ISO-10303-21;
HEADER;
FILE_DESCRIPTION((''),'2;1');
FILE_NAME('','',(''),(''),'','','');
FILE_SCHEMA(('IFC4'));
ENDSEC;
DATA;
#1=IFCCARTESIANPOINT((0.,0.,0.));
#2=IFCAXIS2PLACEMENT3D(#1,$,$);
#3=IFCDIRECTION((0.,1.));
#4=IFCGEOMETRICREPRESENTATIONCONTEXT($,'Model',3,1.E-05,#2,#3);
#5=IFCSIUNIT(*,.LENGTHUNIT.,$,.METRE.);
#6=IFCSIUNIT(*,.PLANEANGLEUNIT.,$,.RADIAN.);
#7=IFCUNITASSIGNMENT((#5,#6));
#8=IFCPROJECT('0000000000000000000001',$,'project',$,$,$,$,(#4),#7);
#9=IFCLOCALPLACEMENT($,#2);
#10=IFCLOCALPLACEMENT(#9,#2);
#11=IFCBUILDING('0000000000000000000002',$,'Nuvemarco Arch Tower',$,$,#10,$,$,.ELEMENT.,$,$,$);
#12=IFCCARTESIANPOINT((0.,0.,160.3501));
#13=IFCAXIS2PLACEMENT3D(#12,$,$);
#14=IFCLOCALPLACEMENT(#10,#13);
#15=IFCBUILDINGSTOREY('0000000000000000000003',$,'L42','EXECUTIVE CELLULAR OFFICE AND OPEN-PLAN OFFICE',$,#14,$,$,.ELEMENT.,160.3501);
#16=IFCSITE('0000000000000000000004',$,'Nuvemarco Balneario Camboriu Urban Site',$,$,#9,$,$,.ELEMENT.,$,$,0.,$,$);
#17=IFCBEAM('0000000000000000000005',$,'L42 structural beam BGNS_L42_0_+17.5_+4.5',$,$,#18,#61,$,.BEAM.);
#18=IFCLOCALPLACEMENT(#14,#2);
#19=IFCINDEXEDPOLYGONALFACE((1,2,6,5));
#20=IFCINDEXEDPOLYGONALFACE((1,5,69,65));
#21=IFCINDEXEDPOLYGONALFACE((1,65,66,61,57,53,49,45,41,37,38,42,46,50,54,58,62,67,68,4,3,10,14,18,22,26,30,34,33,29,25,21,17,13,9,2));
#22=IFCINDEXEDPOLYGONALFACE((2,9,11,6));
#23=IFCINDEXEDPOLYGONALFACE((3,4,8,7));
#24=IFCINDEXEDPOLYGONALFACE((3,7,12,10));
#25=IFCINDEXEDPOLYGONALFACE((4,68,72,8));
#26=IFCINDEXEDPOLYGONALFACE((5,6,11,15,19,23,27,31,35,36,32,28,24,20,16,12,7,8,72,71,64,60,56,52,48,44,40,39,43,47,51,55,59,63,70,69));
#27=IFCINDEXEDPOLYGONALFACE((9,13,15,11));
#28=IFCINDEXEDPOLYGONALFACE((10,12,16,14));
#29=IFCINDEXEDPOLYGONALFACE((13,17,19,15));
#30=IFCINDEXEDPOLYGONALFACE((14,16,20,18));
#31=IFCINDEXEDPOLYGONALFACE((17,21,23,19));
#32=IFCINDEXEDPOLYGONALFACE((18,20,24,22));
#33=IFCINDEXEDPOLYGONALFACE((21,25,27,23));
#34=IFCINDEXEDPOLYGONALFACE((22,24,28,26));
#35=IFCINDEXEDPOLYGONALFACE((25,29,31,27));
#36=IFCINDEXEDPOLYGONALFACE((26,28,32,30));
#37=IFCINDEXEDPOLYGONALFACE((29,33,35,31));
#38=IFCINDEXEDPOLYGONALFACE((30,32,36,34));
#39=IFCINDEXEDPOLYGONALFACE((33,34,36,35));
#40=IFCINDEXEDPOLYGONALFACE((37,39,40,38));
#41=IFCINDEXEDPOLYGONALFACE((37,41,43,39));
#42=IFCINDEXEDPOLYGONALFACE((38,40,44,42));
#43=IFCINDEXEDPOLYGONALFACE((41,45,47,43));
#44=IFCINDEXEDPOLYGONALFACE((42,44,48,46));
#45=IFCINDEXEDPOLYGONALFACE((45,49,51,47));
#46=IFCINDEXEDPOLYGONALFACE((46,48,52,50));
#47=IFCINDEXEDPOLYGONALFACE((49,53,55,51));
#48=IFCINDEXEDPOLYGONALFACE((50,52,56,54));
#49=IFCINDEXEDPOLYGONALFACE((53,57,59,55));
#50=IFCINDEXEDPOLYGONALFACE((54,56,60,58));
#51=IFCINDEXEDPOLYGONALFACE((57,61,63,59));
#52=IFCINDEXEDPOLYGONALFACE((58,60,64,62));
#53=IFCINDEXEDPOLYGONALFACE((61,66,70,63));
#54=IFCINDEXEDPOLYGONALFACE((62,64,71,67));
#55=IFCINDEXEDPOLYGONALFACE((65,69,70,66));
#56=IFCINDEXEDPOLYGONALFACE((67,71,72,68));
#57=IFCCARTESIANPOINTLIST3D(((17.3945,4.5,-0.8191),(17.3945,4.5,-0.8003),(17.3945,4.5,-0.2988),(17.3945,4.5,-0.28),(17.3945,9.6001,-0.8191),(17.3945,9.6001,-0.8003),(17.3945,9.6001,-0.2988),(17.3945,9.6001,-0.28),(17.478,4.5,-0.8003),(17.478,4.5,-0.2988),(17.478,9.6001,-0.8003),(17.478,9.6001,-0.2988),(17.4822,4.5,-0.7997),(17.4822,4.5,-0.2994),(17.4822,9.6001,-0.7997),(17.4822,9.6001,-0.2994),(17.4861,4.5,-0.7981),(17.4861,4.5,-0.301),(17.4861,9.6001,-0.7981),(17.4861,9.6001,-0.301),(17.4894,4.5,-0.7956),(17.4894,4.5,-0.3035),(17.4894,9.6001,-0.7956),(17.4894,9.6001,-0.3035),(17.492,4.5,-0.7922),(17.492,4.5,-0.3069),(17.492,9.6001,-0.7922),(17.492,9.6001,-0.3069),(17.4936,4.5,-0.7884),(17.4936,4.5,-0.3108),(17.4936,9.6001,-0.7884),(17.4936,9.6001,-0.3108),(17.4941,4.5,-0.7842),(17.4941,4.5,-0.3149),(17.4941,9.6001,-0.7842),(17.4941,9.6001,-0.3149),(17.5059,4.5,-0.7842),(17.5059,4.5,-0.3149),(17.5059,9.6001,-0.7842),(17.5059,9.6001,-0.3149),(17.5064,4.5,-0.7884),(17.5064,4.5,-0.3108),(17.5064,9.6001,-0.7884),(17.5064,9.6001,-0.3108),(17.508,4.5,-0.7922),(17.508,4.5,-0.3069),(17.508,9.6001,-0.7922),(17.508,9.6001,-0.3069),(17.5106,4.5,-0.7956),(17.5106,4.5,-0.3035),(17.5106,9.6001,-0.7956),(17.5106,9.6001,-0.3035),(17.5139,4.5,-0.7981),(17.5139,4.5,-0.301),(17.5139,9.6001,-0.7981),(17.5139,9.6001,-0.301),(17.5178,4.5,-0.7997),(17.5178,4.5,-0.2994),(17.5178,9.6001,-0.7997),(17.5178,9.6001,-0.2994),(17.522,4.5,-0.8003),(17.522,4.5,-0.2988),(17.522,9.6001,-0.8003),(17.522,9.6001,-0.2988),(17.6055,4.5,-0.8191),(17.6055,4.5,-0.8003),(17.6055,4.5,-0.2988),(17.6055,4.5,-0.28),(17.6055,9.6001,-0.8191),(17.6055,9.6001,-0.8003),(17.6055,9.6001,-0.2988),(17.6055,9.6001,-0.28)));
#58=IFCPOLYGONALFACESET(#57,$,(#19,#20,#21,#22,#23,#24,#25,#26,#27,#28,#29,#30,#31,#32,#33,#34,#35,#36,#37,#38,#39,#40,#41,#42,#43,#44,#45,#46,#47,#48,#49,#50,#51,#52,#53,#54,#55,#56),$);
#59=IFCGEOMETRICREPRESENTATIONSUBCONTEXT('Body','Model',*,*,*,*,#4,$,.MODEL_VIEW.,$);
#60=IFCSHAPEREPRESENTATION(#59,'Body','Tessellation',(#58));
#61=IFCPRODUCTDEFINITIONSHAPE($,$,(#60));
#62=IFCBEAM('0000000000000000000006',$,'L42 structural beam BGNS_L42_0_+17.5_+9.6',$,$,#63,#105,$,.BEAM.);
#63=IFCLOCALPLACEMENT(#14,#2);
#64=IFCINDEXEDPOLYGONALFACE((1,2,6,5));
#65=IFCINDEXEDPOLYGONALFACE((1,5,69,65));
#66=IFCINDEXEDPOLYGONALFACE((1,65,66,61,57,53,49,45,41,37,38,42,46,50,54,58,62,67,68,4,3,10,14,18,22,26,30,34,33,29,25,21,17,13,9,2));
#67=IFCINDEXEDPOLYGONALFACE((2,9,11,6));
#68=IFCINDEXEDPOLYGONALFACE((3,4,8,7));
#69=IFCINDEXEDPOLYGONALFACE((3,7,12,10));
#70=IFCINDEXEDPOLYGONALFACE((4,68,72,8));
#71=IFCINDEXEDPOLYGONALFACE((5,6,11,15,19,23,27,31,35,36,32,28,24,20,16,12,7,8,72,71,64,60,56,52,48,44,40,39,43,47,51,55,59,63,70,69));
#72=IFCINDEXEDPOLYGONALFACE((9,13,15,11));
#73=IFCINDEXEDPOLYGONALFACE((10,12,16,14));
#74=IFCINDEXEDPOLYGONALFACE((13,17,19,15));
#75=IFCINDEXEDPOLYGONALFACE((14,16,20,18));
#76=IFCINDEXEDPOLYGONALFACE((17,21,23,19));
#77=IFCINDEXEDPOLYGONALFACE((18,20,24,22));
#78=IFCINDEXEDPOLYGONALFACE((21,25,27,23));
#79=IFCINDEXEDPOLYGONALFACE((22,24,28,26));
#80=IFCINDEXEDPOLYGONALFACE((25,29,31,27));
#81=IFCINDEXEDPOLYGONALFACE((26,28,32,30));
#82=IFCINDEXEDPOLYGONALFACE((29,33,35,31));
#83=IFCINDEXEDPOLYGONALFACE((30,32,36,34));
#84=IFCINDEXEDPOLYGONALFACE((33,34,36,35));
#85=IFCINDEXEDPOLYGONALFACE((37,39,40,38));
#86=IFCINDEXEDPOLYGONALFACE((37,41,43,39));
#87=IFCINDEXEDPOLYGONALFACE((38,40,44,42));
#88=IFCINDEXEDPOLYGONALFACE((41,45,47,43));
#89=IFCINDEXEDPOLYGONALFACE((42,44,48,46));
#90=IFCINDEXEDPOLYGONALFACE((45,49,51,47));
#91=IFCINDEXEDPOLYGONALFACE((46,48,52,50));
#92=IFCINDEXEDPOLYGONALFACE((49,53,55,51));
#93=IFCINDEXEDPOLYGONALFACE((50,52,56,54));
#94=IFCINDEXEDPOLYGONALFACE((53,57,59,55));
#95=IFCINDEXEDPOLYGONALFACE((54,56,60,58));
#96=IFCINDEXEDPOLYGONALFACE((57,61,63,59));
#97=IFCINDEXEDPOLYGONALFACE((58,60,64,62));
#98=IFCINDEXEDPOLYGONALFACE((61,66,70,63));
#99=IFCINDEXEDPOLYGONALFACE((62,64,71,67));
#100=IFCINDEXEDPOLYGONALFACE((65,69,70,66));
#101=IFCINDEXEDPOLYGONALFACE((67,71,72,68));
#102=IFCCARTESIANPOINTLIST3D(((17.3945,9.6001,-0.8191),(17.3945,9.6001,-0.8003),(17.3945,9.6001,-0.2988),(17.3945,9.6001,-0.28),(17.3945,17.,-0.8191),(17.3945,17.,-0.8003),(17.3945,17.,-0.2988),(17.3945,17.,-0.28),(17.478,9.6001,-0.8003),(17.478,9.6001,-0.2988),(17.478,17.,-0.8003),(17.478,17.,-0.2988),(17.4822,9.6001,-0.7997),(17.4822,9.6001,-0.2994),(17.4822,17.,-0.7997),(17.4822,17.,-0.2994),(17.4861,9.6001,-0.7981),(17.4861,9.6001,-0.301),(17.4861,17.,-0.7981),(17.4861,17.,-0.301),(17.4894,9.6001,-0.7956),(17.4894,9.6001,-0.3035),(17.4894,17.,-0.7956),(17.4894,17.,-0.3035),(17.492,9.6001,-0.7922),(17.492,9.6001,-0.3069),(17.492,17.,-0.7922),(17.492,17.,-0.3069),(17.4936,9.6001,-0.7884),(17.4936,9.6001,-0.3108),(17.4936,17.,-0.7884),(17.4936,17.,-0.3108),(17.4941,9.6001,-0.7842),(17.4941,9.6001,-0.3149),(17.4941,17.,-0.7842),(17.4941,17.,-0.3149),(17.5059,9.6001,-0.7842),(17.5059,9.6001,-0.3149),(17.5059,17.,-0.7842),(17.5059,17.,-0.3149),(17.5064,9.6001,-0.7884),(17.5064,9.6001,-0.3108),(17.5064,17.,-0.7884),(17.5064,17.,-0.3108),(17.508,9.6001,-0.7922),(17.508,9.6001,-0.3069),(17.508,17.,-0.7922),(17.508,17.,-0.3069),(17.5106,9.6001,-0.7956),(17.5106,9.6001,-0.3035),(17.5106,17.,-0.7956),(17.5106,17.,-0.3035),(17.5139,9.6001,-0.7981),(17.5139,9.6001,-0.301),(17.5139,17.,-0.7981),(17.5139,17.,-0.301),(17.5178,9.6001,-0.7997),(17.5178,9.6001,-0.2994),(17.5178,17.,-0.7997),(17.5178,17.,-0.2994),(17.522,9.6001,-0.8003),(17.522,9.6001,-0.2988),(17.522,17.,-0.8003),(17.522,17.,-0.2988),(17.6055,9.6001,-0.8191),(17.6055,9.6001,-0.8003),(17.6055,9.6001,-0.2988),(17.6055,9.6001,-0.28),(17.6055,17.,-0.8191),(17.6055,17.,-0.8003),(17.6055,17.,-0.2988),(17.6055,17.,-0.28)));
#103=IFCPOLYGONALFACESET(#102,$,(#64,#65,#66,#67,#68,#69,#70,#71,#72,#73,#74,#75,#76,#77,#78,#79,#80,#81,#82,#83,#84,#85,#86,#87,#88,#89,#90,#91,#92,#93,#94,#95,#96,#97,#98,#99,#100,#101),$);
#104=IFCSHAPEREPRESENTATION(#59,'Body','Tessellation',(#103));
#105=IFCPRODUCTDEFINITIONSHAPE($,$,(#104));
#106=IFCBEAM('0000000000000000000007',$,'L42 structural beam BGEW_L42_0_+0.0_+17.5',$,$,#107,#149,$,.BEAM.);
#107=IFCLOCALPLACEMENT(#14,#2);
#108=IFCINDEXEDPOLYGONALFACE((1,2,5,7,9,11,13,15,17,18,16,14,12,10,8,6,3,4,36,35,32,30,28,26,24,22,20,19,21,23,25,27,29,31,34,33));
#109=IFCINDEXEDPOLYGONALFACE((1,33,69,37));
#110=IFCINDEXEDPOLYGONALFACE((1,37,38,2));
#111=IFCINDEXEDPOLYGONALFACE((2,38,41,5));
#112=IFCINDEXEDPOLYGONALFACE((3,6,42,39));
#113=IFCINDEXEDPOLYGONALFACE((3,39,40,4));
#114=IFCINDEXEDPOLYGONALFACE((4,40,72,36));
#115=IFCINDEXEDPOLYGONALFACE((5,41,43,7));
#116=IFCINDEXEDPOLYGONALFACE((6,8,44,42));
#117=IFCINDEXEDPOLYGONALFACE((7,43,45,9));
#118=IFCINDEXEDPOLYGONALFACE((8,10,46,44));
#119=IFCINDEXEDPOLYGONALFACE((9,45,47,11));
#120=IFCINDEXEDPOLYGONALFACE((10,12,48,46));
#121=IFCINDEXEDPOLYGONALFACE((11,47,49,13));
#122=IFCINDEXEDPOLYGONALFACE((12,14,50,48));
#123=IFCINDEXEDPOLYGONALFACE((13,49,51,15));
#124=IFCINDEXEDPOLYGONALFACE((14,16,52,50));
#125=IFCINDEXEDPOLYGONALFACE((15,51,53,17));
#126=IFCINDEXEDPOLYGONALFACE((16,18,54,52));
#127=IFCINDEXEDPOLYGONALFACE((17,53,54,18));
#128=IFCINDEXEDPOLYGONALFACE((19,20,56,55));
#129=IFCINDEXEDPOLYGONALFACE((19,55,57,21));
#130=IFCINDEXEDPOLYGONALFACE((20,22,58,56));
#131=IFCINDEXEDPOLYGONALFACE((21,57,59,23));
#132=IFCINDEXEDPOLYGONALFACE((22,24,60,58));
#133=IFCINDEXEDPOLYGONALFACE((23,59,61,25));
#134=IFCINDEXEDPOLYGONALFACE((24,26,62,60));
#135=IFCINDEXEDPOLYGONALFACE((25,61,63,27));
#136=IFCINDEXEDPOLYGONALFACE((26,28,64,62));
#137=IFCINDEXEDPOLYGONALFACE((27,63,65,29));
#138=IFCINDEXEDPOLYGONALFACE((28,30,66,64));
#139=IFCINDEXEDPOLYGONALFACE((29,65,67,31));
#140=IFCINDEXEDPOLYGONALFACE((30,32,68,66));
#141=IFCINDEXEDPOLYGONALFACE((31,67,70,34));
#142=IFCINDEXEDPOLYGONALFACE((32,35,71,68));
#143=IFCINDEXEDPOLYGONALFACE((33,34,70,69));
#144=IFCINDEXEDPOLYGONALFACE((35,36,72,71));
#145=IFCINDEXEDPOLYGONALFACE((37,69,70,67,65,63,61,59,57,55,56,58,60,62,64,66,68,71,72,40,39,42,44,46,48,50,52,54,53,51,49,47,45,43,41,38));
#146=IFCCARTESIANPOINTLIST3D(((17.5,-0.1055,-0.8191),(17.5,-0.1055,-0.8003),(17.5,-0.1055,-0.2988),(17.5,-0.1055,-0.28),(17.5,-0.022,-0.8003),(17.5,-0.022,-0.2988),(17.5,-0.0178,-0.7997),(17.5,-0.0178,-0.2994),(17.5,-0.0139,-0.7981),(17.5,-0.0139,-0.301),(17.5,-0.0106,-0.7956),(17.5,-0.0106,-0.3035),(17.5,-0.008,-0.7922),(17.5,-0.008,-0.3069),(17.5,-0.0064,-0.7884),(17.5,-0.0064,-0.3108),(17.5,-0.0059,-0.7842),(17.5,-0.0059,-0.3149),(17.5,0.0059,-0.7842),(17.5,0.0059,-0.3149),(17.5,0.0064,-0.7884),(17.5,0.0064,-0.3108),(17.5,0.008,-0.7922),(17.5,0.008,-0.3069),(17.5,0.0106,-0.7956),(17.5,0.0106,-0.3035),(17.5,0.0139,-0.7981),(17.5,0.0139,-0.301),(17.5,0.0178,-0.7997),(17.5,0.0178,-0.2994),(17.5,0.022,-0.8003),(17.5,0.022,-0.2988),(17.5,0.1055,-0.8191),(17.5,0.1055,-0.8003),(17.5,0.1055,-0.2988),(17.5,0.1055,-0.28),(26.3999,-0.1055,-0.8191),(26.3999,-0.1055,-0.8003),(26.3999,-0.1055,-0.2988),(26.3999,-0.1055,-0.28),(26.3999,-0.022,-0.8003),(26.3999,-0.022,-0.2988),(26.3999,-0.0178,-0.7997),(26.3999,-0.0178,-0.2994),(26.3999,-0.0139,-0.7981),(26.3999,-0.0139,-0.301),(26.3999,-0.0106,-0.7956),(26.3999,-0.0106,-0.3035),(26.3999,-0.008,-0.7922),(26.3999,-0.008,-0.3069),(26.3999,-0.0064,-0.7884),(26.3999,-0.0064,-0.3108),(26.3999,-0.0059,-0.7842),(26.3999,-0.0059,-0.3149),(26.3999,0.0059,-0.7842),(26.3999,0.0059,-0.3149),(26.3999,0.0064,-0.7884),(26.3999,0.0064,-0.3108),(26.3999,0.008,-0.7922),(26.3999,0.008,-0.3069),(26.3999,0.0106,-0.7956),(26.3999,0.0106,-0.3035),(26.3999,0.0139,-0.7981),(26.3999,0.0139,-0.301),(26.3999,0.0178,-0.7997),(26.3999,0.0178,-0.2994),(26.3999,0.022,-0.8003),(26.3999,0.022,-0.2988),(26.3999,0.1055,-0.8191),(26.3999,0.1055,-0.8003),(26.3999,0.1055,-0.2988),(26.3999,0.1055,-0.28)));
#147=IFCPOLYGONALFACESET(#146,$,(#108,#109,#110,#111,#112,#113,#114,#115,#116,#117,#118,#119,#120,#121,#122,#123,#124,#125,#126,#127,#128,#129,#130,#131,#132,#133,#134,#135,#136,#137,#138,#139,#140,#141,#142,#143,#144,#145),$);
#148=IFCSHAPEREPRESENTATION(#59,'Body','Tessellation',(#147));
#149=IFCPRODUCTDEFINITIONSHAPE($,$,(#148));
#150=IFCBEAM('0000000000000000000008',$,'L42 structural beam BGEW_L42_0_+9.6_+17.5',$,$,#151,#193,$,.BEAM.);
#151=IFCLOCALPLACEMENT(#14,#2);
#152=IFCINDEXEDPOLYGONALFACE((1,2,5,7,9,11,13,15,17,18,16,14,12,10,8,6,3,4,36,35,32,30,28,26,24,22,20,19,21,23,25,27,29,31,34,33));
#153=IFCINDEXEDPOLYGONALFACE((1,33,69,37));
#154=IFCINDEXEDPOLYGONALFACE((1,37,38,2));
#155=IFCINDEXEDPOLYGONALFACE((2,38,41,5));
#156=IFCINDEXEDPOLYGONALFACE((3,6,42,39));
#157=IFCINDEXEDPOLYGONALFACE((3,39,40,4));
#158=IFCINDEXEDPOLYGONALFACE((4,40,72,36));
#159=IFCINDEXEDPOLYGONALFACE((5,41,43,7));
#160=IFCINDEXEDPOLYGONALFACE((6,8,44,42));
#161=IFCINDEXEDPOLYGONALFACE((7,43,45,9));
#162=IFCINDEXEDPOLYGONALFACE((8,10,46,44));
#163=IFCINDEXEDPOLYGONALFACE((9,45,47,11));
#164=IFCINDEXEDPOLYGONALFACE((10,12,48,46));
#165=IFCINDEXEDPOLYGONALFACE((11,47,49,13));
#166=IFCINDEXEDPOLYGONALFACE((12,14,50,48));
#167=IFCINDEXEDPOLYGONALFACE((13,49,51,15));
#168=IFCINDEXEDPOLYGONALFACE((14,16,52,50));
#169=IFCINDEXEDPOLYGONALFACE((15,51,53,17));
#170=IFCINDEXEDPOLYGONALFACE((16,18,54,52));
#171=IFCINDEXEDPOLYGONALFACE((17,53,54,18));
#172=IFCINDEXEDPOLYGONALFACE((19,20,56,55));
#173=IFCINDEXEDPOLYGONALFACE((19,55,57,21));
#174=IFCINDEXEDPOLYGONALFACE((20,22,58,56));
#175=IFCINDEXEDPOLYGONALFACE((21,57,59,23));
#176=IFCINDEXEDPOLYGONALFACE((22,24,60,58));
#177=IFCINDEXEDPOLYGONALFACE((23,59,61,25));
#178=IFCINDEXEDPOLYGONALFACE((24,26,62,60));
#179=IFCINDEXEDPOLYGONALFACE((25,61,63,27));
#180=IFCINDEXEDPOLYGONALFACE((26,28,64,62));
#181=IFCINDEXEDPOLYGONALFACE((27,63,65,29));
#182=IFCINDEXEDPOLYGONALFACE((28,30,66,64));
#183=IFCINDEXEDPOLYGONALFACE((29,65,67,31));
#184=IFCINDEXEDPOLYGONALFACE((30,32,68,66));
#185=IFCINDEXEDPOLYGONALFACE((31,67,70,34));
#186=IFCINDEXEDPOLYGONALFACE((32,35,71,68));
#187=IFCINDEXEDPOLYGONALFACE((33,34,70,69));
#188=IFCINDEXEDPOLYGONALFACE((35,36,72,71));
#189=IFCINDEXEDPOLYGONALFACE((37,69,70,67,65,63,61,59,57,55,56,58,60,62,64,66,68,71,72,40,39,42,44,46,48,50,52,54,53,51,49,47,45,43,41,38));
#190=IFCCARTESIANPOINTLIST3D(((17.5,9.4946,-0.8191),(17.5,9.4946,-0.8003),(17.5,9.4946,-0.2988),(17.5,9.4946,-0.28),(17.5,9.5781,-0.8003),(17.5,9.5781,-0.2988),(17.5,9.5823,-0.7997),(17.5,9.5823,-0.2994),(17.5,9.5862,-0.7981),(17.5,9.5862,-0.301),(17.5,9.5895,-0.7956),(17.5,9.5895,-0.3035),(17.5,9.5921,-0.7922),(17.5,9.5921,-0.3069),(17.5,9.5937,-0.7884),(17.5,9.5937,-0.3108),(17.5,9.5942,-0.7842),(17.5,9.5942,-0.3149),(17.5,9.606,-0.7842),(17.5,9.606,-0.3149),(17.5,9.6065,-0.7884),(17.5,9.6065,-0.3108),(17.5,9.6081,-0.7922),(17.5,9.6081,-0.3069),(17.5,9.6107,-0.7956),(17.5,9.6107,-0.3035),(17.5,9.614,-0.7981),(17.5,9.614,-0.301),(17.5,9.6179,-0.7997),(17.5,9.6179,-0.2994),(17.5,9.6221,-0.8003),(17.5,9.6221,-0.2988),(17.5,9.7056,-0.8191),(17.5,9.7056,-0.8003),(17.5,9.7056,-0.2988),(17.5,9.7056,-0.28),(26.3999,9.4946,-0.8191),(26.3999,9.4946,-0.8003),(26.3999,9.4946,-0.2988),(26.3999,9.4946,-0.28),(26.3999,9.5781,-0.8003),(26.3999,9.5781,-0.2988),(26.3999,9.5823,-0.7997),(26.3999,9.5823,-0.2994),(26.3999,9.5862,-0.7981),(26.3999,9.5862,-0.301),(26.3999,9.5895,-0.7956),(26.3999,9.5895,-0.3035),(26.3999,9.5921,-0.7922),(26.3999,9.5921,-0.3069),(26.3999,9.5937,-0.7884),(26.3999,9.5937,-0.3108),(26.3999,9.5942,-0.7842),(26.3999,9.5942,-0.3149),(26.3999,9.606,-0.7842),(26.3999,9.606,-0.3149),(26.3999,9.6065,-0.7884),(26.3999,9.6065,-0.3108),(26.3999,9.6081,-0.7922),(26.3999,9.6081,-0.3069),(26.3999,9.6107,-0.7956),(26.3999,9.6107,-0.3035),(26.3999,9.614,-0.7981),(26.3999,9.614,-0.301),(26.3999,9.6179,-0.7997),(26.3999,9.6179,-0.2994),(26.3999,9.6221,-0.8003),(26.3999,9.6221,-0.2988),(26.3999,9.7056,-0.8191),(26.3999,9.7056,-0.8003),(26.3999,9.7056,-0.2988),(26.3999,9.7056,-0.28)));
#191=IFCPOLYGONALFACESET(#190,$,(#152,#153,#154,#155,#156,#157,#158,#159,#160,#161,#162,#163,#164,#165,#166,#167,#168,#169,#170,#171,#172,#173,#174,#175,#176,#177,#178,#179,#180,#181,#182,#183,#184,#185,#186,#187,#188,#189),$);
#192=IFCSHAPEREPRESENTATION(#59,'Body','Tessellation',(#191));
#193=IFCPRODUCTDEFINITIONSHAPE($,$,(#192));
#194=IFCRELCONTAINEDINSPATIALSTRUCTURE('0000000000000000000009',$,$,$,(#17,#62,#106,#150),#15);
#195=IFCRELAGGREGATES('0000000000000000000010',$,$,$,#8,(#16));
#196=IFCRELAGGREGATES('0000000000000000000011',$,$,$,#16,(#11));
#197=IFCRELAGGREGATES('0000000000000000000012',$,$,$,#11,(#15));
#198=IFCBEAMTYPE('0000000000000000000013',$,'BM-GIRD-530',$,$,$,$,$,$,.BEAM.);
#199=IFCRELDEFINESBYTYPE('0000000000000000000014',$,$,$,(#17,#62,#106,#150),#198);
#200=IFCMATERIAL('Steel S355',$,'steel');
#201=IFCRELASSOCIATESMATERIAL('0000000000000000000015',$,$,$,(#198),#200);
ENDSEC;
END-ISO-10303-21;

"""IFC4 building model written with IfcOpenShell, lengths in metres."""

from ifc_helpers import new_model, si_unit, direction, frame, origin, origin_2d, place, context, subcontext, project, spatial, i_section, extrude, material, material_profile, profile_set, type_object, element, save


model = new_model("IFC4")

# Units and contexts
model_context = context("Model", 3, precision=1e-05, world=origin(), true_north=direction((0.0, 1.0)))
body_context = subcontext(model_context, "Body", "Model", "MODEL_VIEW")
ifc_project = project(units=[si_unit("LENGTHUNIT", "METRE"), si_unit("PLANEANGLEUNIT", "RADIAN")], contexts=[model_context])

# Site, building, storey
site_placement = place(None, origin())
site = spatial("IfcSite", under=ifc_project, at=site_placement, Name="Nuvemarco Balneario Camboriu Urban Site", CompositionType="ELEMENT", RefElevation=0.0)
building_placement = place(site_placement, origin())
building = spatial("IfcBuilding", under=site, at=building_placement, Name="Nuvemarco Arch Tower", CompositionType="ELEMENT")
storey_placement = place(building_placement, frame((0.0, 0.0, 160.3501)))
storey = spatial("IfcBuildingStorey", under=building, at=storey_placement, Name="L42", Description="EXECUTIVE CELLULAR OFFICE AND OPEN-PLAN OFFICE", CompositionType="ELEMENT", Elevation=160.3501)

# Shared definitions
ifc_material_1 = material(Name="Steel S355", Category="steel")

# Beams
ifc_material_profile_1 = material_profile(ifc_material_1, i_section(OverallWidth=0.2109, OverallDepth=0.5391, WebThickness=0.0117, FlangeThickness=0.0188, FilletRadius=0.0161, at=origin_2d()), Name="W530x109")
ifc_profile_set_1 = profile_set([ifc_material_profile_1], Name="Steel S355")
beam_type_1 = type_object("IfcBeamType", Name="BM-GIRD-530", PredefinedType="BEAM", material=ifc_profile_set_1)
beam_1_placement = place(storey_placement, frame((17.5, 4.5, -0.5496), z_axis=(0.0, 1.0, 0.0), x_axis=(-1.0, 0.0, 0.0)))
element("IfcBeam", 1, at=beam_1_placement, inside=storey, type_object=beam_type_1, Name="L42 structural beam BGNS_L42_0_+17.5_+4.5", PredefinedType="BEAM", context=body_context, shape_type="SweptSolid", body=[
    extrude(i_section(OverallWidth=0.2109, OverallDepth=0.5391, WebThickness=0.0117, FlangeThickness=0.0188, FilletRadius=0.0161, at=origin_2d()), origin(), (0.0, 0.0, 1.0), 5.1001),
])
beam_2_placement = place(storey_placement, frame((17.5, 9.6001, -0.5496), z_axis=(0.0, 1.0, 0.0), x_axis=(-1.0, 0.0, 0.0)))
element("IfcBeam", 2, at=beam_2_placement, inside=storey, type_object=beam_type_1, Name="L42 structural beam BGNS_L42_0_+17.5_+9.6", PredefinedType="BEAM", context=body_context, shape_type="SweptSolid", body=[
    extrude(i_section(OverallWidth=0.2109, OverallDepth=0.5391, WebThickness=0.0117, FlangeThickness=0.0188, FilletRadius=0.0161, at=origin_2d()), origin(), (0.0, 0.0, 1.0), 7.3999),
])
for number, where, z_axis, x_axis, name in (
    (3, (17.5, 0.0, -0.5496), (1.0, 0.0, 0.0), (0.0, 1.0, 0.0), "L42 structural beam BGEW_L42_0_+0.0_+17.5"),
    (4, (17.5, 9.6001, -0.5496), (1.0, 0.0, 0.0), (0.0, 1.0, 0.0), "L42 structural beam BGEW_L42_0_+9.6_+17.5"),
):
    element("IfcBeam", number, at=place(storey_placement, frame(where, z_axis=z_axis, x_axis=x_axis)), inside=storey, type_object=beam_type_1, Name=name, PredefinedType="BEAM", context=body_context, shape_type="SweptSolid", body=[
        extrude(i_section(OverallWidth=0.2109, OverallDepth=0.5391, WebThickness=0.0117, FlangeThickness=0.0188, FilletRadius=0.0161, at=origin_2d()), origin(), (0.0, 0.0, 1.0), 8.8999),
    ])

save(model, "model.ifc")
